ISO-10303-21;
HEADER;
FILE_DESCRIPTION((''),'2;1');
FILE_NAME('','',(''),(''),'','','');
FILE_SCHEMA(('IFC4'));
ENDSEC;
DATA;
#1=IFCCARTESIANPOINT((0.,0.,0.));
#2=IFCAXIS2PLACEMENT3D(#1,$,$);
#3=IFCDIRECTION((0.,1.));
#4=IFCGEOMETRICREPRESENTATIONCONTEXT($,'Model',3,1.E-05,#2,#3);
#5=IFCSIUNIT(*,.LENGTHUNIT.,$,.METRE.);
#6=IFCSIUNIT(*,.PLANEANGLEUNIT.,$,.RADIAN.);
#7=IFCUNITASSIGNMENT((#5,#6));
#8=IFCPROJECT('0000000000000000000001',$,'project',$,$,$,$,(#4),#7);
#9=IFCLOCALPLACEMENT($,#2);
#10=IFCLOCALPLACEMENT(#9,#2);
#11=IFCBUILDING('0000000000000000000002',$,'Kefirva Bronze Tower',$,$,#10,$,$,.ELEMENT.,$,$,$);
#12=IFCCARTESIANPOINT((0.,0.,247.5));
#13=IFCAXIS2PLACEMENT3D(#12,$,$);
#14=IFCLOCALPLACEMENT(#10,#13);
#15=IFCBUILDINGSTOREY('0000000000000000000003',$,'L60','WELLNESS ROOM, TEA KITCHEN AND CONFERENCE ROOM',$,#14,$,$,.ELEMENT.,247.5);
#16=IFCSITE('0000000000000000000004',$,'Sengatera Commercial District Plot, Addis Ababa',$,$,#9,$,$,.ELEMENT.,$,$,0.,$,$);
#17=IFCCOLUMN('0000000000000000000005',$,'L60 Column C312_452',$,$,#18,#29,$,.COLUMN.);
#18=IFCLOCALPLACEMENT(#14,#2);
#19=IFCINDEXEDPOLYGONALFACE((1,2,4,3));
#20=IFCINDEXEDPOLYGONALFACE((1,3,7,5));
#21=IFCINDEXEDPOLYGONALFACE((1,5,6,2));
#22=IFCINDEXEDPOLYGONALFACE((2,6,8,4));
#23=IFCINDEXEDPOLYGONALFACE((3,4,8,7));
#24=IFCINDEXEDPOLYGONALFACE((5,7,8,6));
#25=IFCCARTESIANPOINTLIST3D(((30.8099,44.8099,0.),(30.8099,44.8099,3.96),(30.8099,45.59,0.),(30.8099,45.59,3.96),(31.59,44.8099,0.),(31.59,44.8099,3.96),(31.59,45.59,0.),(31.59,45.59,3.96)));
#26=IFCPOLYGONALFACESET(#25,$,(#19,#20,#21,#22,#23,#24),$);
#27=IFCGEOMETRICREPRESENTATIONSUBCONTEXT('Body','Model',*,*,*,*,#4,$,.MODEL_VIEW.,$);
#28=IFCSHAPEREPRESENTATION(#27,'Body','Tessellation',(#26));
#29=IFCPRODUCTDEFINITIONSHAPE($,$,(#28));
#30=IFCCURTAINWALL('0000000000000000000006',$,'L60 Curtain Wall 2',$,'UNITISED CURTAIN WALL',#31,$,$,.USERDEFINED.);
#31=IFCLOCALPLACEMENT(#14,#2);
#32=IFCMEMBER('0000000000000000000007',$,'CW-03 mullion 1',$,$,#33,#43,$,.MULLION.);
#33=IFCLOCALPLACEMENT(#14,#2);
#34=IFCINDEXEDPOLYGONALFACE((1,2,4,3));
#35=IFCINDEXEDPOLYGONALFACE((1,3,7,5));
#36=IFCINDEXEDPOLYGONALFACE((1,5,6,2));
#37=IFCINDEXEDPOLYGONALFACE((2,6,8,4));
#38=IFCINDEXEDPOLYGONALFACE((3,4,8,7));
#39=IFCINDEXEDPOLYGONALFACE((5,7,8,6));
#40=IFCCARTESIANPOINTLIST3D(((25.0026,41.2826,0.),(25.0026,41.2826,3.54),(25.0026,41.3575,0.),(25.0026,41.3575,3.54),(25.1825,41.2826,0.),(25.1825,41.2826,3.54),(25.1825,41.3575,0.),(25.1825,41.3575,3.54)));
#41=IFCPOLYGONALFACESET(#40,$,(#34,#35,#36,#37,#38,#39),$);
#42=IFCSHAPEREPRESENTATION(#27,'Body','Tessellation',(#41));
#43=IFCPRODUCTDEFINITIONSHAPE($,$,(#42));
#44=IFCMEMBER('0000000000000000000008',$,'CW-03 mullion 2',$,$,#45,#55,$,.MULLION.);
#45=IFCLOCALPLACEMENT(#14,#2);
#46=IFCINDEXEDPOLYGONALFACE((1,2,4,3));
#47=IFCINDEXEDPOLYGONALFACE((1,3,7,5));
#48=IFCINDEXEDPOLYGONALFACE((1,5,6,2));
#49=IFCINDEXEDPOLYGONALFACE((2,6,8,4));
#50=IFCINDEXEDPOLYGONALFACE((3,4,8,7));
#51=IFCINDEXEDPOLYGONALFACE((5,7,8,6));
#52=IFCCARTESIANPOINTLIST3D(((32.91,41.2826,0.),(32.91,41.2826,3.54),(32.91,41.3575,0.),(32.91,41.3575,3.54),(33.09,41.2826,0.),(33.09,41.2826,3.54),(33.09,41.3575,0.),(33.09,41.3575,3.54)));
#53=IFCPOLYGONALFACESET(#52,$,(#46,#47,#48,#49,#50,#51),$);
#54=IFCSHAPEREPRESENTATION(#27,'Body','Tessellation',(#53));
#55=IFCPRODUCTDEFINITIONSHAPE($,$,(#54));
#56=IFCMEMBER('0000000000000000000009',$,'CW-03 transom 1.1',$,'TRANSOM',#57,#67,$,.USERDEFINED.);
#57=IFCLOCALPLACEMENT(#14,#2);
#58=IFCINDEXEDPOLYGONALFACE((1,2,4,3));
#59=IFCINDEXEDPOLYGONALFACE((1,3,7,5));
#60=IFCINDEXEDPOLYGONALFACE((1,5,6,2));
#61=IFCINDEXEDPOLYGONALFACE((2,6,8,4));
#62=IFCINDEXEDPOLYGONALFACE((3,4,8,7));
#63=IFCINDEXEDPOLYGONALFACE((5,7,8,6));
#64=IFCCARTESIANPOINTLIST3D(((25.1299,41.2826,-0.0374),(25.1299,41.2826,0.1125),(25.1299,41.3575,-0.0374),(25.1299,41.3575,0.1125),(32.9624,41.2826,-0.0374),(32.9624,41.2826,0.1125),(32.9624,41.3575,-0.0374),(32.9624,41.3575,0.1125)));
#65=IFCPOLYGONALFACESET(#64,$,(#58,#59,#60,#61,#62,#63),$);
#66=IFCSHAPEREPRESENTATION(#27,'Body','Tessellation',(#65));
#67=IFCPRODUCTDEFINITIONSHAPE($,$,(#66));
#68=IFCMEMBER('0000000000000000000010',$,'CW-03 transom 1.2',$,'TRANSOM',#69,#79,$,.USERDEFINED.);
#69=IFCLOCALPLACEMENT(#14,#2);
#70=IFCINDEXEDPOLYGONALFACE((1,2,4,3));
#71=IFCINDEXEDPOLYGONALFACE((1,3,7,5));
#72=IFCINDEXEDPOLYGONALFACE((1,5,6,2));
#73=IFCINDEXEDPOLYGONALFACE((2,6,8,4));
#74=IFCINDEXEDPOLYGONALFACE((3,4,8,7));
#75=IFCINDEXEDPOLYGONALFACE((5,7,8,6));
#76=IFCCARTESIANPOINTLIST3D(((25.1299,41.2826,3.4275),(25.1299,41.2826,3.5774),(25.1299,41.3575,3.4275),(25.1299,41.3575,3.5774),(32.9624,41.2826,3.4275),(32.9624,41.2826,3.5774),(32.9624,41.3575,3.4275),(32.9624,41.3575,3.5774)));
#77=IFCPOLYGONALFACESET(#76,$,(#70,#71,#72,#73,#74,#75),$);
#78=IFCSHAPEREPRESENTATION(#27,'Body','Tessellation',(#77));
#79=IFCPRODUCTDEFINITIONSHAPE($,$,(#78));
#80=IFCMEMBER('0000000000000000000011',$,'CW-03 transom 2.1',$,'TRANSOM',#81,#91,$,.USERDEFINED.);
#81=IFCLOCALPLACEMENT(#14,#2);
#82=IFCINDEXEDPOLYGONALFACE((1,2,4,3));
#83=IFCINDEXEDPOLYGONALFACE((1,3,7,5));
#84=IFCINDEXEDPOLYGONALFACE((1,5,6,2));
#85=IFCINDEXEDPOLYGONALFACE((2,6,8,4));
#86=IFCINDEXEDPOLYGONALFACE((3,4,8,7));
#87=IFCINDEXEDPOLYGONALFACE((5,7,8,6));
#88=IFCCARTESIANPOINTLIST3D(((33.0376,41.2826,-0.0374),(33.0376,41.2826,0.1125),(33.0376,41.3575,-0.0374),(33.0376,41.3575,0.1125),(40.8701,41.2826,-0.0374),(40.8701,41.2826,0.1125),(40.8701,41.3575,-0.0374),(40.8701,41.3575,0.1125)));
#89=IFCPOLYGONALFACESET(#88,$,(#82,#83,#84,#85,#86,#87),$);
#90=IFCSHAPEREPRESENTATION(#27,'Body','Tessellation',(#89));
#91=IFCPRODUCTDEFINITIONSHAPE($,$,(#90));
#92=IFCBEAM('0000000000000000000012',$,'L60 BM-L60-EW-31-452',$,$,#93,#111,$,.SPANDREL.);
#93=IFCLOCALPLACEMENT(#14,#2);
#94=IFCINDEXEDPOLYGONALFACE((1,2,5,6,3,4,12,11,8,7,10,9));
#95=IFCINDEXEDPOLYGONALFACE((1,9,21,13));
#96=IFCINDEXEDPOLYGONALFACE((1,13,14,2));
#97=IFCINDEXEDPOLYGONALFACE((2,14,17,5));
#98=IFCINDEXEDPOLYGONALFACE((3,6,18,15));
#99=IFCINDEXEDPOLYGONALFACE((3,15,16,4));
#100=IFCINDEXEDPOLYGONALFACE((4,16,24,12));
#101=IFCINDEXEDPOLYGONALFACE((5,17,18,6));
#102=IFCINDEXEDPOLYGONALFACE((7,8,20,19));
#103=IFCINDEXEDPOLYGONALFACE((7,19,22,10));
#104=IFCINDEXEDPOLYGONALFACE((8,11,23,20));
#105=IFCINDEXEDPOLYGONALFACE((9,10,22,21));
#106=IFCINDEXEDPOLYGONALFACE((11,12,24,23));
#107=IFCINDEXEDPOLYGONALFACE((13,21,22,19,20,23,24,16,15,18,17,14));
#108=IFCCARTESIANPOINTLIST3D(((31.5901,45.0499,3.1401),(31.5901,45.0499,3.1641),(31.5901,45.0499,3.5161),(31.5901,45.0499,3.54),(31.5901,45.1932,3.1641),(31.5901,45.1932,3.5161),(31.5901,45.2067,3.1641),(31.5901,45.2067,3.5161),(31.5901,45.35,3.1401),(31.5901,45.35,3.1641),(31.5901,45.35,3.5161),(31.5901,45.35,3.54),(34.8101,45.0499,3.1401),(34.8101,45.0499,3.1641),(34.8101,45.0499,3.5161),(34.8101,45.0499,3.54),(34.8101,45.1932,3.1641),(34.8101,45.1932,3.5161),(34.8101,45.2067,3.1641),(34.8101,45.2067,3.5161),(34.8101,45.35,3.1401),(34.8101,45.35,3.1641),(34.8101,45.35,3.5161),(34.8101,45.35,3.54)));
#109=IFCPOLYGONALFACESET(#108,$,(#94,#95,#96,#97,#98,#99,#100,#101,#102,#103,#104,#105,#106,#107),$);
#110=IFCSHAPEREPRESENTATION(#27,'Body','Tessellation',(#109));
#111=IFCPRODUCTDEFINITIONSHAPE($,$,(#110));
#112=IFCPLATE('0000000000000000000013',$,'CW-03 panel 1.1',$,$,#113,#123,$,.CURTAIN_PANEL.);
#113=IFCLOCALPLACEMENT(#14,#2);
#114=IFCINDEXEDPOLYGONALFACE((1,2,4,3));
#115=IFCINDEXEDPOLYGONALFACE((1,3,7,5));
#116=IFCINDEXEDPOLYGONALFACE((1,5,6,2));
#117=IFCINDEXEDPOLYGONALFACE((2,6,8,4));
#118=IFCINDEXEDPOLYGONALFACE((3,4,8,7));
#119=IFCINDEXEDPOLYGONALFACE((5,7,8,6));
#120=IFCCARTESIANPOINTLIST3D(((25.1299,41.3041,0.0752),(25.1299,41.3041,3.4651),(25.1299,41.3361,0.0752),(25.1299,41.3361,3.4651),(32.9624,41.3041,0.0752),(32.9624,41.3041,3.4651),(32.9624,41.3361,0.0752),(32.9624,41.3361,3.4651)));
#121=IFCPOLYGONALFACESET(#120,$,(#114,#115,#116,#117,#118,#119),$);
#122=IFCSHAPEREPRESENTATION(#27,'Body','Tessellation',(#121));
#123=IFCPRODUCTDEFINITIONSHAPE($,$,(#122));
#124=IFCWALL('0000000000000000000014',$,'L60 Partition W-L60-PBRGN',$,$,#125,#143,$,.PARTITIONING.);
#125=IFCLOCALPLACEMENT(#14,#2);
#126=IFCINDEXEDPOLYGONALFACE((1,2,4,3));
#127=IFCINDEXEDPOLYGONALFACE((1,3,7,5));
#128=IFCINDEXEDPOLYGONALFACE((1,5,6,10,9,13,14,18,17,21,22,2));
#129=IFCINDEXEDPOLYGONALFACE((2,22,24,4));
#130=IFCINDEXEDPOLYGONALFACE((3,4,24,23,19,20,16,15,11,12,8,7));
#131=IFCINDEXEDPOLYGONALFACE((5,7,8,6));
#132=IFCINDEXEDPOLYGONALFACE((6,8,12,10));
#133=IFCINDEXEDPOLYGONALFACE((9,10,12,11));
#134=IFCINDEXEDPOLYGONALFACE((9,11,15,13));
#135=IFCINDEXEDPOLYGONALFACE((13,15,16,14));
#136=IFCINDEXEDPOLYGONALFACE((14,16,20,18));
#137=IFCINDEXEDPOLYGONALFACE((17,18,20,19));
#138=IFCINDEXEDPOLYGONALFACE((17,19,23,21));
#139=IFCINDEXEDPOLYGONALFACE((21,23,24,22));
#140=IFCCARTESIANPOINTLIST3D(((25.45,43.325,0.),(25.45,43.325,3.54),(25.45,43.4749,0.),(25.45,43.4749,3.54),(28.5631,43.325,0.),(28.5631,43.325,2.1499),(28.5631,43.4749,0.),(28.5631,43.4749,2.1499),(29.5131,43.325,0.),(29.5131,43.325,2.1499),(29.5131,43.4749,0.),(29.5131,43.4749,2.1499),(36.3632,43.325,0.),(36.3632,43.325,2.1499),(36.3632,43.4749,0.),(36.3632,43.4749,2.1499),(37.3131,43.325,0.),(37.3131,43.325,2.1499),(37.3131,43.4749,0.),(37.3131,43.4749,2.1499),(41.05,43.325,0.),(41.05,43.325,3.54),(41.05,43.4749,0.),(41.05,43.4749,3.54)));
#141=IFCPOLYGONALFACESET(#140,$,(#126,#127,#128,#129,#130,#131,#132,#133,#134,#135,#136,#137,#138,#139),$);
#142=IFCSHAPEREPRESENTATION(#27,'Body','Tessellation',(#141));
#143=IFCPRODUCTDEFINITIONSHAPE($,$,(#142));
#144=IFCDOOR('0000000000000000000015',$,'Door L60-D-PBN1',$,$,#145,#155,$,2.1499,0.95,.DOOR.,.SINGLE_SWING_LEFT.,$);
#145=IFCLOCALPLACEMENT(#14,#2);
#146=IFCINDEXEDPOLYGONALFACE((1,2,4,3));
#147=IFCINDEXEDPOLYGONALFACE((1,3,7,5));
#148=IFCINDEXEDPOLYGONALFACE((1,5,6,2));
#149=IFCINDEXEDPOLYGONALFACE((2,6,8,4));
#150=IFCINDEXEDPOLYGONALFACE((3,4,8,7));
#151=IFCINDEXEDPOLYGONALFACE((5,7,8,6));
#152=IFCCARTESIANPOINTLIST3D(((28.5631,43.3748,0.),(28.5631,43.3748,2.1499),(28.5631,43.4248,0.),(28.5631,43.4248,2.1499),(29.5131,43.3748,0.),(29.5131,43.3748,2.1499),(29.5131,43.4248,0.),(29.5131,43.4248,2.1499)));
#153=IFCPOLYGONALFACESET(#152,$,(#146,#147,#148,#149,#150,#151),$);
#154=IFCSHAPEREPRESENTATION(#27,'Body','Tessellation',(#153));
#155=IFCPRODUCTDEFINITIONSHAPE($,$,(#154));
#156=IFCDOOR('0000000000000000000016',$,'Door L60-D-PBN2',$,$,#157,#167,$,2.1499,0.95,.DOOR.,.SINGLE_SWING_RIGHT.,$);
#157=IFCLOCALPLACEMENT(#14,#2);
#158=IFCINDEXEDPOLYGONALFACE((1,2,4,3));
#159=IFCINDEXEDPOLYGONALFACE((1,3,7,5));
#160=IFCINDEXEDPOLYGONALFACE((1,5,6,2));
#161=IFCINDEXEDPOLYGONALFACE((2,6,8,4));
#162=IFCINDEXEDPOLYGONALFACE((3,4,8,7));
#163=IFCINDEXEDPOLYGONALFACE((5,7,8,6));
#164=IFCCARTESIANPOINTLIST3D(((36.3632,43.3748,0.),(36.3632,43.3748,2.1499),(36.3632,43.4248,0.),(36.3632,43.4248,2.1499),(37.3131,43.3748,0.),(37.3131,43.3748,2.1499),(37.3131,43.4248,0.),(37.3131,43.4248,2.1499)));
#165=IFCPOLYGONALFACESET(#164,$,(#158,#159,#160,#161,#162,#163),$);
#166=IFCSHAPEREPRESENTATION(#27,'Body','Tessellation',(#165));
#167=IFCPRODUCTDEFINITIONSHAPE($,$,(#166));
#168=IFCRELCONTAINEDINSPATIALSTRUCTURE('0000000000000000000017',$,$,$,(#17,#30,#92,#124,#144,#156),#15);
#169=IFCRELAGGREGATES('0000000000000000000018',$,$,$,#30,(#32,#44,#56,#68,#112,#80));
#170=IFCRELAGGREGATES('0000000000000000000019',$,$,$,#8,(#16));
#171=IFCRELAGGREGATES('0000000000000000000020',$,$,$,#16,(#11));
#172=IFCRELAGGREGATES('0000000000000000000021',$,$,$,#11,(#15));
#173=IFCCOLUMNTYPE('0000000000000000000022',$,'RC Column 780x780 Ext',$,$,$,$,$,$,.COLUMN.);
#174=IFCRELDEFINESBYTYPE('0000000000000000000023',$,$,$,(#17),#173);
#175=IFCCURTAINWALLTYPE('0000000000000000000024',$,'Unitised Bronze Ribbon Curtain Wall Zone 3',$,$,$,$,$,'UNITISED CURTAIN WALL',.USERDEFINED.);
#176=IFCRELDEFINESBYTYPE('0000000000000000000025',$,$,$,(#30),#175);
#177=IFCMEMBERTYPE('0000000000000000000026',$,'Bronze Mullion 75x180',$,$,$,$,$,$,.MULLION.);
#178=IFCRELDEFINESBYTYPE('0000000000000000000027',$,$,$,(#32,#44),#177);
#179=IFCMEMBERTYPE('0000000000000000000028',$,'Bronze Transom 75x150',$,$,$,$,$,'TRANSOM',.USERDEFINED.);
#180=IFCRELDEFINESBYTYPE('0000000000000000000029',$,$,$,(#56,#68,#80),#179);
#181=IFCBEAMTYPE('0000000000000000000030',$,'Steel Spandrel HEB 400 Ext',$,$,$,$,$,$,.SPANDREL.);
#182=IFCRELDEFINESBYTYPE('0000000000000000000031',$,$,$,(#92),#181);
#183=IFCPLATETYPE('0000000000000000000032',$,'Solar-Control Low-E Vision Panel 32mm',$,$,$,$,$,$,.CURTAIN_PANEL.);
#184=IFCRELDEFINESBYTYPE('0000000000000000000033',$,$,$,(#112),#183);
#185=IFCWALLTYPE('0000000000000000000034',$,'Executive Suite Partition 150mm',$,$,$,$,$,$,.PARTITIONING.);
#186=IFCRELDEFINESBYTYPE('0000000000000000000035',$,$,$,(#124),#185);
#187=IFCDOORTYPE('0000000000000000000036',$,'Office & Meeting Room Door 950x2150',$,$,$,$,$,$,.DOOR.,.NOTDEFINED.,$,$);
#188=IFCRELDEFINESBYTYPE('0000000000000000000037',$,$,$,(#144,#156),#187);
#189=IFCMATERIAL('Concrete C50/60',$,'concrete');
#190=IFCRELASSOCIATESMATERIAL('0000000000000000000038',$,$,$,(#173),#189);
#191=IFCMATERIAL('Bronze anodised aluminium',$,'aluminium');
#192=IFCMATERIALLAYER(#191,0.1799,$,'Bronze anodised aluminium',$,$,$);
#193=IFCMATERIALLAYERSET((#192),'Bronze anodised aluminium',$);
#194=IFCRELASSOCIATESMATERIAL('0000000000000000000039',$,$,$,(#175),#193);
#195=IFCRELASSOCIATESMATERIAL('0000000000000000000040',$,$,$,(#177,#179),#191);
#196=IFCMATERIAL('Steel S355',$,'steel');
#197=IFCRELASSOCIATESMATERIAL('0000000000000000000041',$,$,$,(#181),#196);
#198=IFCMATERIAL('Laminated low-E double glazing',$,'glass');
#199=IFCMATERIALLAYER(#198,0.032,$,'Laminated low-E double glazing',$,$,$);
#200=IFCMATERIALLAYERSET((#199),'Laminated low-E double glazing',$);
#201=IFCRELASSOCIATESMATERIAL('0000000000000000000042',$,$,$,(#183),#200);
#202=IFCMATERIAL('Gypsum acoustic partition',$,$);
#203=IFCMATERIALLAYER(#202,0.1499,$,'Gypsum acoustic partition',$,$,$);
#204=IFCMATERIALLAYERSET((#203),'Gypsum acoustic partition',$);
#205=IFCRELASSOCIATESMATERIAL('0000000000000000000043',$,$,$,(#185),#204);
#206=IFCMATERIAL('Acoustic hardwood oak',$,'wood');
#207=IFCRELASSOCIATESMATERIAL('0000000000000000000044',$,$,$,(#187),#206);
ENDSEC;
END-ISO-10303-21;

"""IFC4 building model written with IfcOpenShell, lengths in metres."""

from ifc_helpers import new_model, si_unit, direction, frame, frame_2d, origin, origin_2d, place, context, subcontext, project, spatial, rectangle, i_section, extrude, material, layer, layer_set, material_profile, profile_set, type_object, element, fill, aggregate, save


model = new_model("IFC4")

# Units and contexts
model_context = context("Model", 3, precision=1e-05, world=origin(), true_north=direction((0.0, 1.0)))
body_context = subcontext(model_context, "Body", "Model", "MODEL_VIEW")
ifc_project = project(units=[si_unit("LENGTHUNIT", "METRE"), si_unit("PLANEANGLEUNIT", "RADIAN")], contexts=[model_context])

# Site, building, storey
site_placement = place(None, origin())
site = spatial("IfcSite", under=ifc_project, at=site_placement, Name="Sengatera Commercial District Plot, Addis Ababa", CompositionType="ELEMENT", RefElevation=0.0)
building_placement = place(site_placement, origin())
building = spatial("IfcBuilding", under=site, at=building_placement, Name="Kefirva Bronze Tower", CompositionType="ELEMENT")
storey_placement = place(building_placement, frame((0.0, 0.0, 247.5)))
storey = spatial("IfcBuildingStorey", under=building, at=storey_placement, Name="L60", Description="WELLNESS ROOM, TEA KITCHEN AND CONFERENCE ROOM", CompositionType="ELEMENT", Elevation=247.5)

# Column
ifc_material_1 = material(Name="Concrete C50/60", Category="concrete")
ifc_material_profile_1 = material_profile(ifc_material_1, rectangle(XDim=0.78, YDim=0.78, at=origin_2d()), Name="RC 780x780")
ifc_profile_set_1 = profile_set([ifc_material_profile_1], Name="Concrete C50/60")
column_type = type_object("IfcColumnType", Name="RC Column 780x780 Ext", PredefinedType="COLUMN", material=ifc_profile_set_1)
column_placement = place(storey_placement, frame((31.2, 45.2, 0.0), z_axis=(0.0, 0.0, 1.0), x_axis=(1.0, 0.0, 0.0)))
element("IfcColumn", 1, at=column_placement, inside=storey, type_object=column_type, Name="L60 Column C312_452", PredefinedType="COLUMN", context=body_context, shape_type="SweptSolid", body=[
    extrude(rectangle(XDim=0.78, YDim=0.78, at=origin_2d()), origin(), (0.0, 0.0, 1.0), 3.96),
])

# Curtain wall, members
ifc_material_2 = material(Name="Bronze anodised aluminium", Category="aluminium")
ifc_layer_1 = layer(ifc_material_2, 0.1799, Name="Bronze anodised aluminium")
ifc_layer_set_1 = layer_set([ifc_layer_1], Name="Bronze anodised aluminium")
curtain_wall_type = type_object("IfcCurtainWallType", Name="Unitised Bronze Ribbon Curtain Wall Zone 3", ElementType="UNITISED CURTAIN WALL", PredefinedType="USERDEFINED", material=ifc_layer_set_1)
curtain_wall_placement = place(storey_placement, origin())
curtain_wall = element("IfcCurtainWall", 2, at=curtain_wall_placement, inside=storey, type_object=curtain_wall_type, Name="L60 Curtain Wall 2", ObjectType="UNITISED CURTAIN WALL", PredefinedType="USERDEFINED")
ifc_material_profile_2 = material_profile(ifc_material_2, rectangle(XDim=0.075, YDim=0.1799, at=origin_2d()), Name="ALU 75x180")
ifc_profile_set_2 = profile_set([ifc_material_profile_2], Name="Bronze anodised aluminium")
member_type_1 = type_object("IfcMemberType", Name="Bronze Mullion 75x180", PredefinedType="MULLION", material=ifc_profile_set_2)
member_1_placement = place(storey_placement, frame((25.0925, 41.3201, 0.0), z_axis=(0.0, 0.0, 1.0), x_axis=(0.0, 1.0, 0.0)))
member_1 = element("IfcMember", 3, at=member_1_placement, type_object=member_type_1, Name="CW-03 mullion 1", PredefinedType="MULLION", context=body_context, shape_type="SweptSolid", body=[
    extrude(rectangle(XDim=0.075, YDim=0.1799, at=origin_2d()), origin(), (0.0, 0.0, 1.0), 3.54),
])
member_2_placement = place(storey_placement, frame((33.0, 41.3201, 0.0), z_axis=(0.0, 0.0, 1.0), x_axis=(0.0, 1.0, 0.0)))
member_2 = element("IfcMember", 4, at=member_2_placement, type_object=member_type_1, Name="CW-03 mullion 2", PredefinedType="MULLION", context=body_context, shape_type="SweptSolid", body=[
    extrude(rectangle(XDim=0.075, YDim=0.1799, at=origin_2d()), origin(), (0.0, 0.0, 1.0), 3.54),
])
ifc_material_profile_3 = material_profile(ifc_material_2, rectangle(XDim=0.075, YDim=0.1499, at=origin_2d()), Name="ALU 75x150")
ifc_profile_set_3 = profile_set([ifc_material_profile_3], Name="Bronze anodised aluminium")
member_type_2 = type_object("IfcMemberType", Name="Bronze Transom 75x150", ElementType="TRANSOM", PredefinedType="USERDEFINED", material=ifc_profile_set_3)
member_3_placement = place(storey_placement, frame((25.1299, 41.3201, 0.0376), z_axis=(1.0, 0.0, 0.0), x_axis=(0.0, 1.0, 0.0)))
member_3 = element("IfcMember", 5, at=member_3_placement, type_object=member_type_2, Name="CW-03 transom 1.1", ObjectType="TRANSOM", PredefinedType="USERDEFINED", context=body_context, shape_type="SweptSolid", body=[
    extrude(rectangle(XDim=0.075, YDim=0.1499, at=origin_2d()), origin(), (0.0, 0.0, 1.0), 7.8325),
])
member_4_placement = place(storey_placement, frame((25.1299, 41.3201, 3.5024), z_axis=(1.0, 0.0, 0.0), x_axis=(0.0, 1.0, 0.0)))
member_4 = element("IfcMember", 6, at=member_4_placement, type_object=member_type_2, Name="CW-03 transom 1.2", ObjectType="TRANSOM", PredefinedType="USERDEFINED", context=body_context, shape_type="SweptSolid", body=[
    extrude(rectangle(XDim=0.075, YDim=0.1499, at=origin_2d()), origin(), (0.0, 0.0, 1.0), 7.8325),
])
member_5_placement = place(storey_placement, frame((33.0376, 41.3201, 0.0376), z_axis=(1.0, 0.0, 0.0), x_axis=(0.0, 1.0, 0.0)))
member_5 = element("IfcMember", 7, at=member_5_placement, type_object=member_type_2, Name="CW-03 transom 2.1", ObjectType="TRANSOM", PredefinedType="USERDEFINED", context=body_context, shape_type="SweptSolid", body=[
    extrude(rectangle(XDim=0.075, YDim=0.1499, at=origin_2d()), origin(), (0.0, 0.0, 1.0), 7.8325),
])

# Beam
ifc_material_3 = material(Name="Steel S355", Category="steel")
ifc_material_profile_4 = material_profile(ifc_material_3, i_section(OverallWidth=0.3, OverallDepth=0.3999, WebThickness=0.0134, FlangeThickness=0.0239, at=origin_2d()), Name="HEB 400")
ifc_profile_set_4 = profile_set([ifc_material_profile_4], Name="Steel S355")
beam_type = type_object("IfcBeamType", Name="Steel Spandrel HEB 400 Ext", PredefinedType="SPANDREL", material=ifc_profile_set_4)
beam_placement = place(storey_placement, frame((31.5901, 45.2, 3.3401), z_axis=(1.0, 0.0, 0.0), x_axis=(0.0, 1.0, 0.0)))
element("IfcBeam", 8, at=beam_placement, inside=storey, type_object=beam_type, Name="L60 BM-L60-EW-31-452", PredefinedType="SPANDREL", context=body_context, shape_type="SweptSolid", body=[
    extrude(i_section(OverallWidth=0.3, OverallDepth=0.3999, WebThickness=0.0134, FlangeThickness=0.0239, at=origin_2d()), origin(), (0.0, 0.0, 1.0), 3.22),
])

# Plate
ifc_material_4 = material(Name="Laminated low-E double glazing", Category="glass")
ifc_layer_2 = layer(ifc_material_4, 0.032, Name="Laminated low-E double glazing")
ifc_layer_set_2 = layer_set([ifc_layer_2], Name="Laminated low-E double glazing")
plate_type = type_object("IfcPlateType", Name="Solar-Control Low-E Vision Panel 32mm", PredefinedType="CURTAIN_PANEL", material=ifc_layer_set_2)
plate_placement = place(storey_placement, frame((29.0461, 41.3201, 0.0752), z_axis=(0.0, 0.0, 1.0), x_axis=(1.0, 0.0, 0.0)))
plate = element("IfcPlate", 9, at=plate_placement, type_object=plate_type, Name="CW-03 panel 1.1", PredefinedType="CURTAIN_PANEL", context=body_context, shape_type="SweptSolid", body=[
    extrude(rectangle(XDim=7.8325, YDim=0.032, at=origin_2d()), origin(), (0.0, 0.0, 1.0), 3.3899),
])
aggregate(curtain_wall, [member_1, member_2, member_3, member_4, plate, member_5])

# Wall, openings, doors
ifc_material_5 = material(Name="Gypsum acoustic partition")
ifc_layer_3 = layer(ifc_material_5, 0.1499, Name="Gypsum acoustic partition")
ifc_layer_set_3 = layer_set([ifc_layer_3], Name="Gypsum acoustic partition")
wall_type = type_object("IfcWallType", Name="Executive Suite Partition 150mm", PredefinedType="PARTITIONING", material=ifc_layer_set_3)
wall_placement = place(storey_placement, frame((25.45, 43.3999, 0.0), z_axis=(0.0, 0.0, 1.0), x_axis=(1.0, 0.0, 0.0)))
wall = element("IfcWall", 10, at=wall_placement, inside=storey, type_object=wall_type, Name="L60 Partition W-L60-PBRGN", PredefinedType="PARTITIONING", context=body_context, shape_type="SweptSolid", body=[
    extrude(rectangle(XDim=15.6001, YDim=0.1499, at=frame_2d((7.8, 0.0))), origin(), (0.0, 0.0, 1.0), 3.54),
])
opening_1_placement = place(wall_placement, frame((3.113, 0.0, 0.0)))
opening_1 = element("IfcOpeningElement", 11, at=opening_1_placement, cuts=wall, PredefinedType="OPENING", context=body_context, shape_type="SweptSolid", body=[
    extrude(rectangle(XDim=0.95, YDim=2.1499, at=frame_2d((0.4751, 1.075))), frame((0.0, 0.085, 0.0), z_axis=(0.0, -1.0, 0.0), x_axis=(1.0, 0.0, 0.0)), (0.0, 0.0, 1.0), 0.1699),
])
opening_2_placement = place(wall_placement, frame((10.9131, 0.0, 0.0)))
opening_2 = element("IfcOpeningElement", 12, at=opening_2_placement, cuts=wall, PredefinedType="OPENING", context=body_context, shape_type="SweptSolid", body=[
    extrude(rectangle(XDim=0.95, YDim=2.1499, at=frame_2d((0.4751, 1.075))), frame((0.0, 0.085, 0.0), z_axis=(0.0, -1.0, 0.0), x_axis=(1.0, 0.0, 0.0)), (0.0, 0.0, 1.0), 0.1699),
])
ifc_material_6 = material(Name="Acoustic hardwood oak", Category="wood")
door_type = type_object("IfcDoorType", Name="Office & Meeting Room Door 950x2150", OperationType="NOTDEFINED", PredefinedType="DOOR", material=ifc_material_6)
door_1_placement = place(opening_1_placement, origin())
door_1 = element("IfcDoor", 13, at=door_1_placement, inside=storey, type_object=door_type, Name="Door L60-D-PBN1", OperationType="SINGLE_SWING_LEFT", OverallHeight=2.1499, OverallWidth=0.95, PredefinedType="DOOR", context=body_context, shape_type="SweptSolid", body=[
    extrude(rectangle(XDim=0.95, YDim=2.1499, at=frame_2d((0.4751, 1.075))), frame((0.0, 0.0249, 0.0), z_axis=(0.0, -1.0, 0.0), x_axis=(1.0, 0.0, 0.0)), (0.0, 0.0, 1.0), 0.05),
])
fill(opening_1, door_1)
door_2_placement = place(opening_2_placement, origin())
door_2 = element("IfcDoor", 14, at=door_2_placement, inside=storey, type_object=door_type, Name="Door L60-D-PBN2", OperationType="SINGLE_SWING_RIGHT", OverallHeight=2.1499, OverallWidth=0.95, PredefinedType="DOOR", context=body_context, shape_type="SweptSolid", body=[
    extrude(rectangle(XDim=0.95, YDim=2.1499, at=frame_2d((0.4751, 1.075))), frame((0.0, 0.0249, 0.0), z_axis=(0.0, -1.0, 0.0), x_axis=(1.0, 0.0, 0.0)), (0.0, 0.0, 1.0), 0.05),
])
fill(opening_2, door_2)

save(model, "model.ifc")
